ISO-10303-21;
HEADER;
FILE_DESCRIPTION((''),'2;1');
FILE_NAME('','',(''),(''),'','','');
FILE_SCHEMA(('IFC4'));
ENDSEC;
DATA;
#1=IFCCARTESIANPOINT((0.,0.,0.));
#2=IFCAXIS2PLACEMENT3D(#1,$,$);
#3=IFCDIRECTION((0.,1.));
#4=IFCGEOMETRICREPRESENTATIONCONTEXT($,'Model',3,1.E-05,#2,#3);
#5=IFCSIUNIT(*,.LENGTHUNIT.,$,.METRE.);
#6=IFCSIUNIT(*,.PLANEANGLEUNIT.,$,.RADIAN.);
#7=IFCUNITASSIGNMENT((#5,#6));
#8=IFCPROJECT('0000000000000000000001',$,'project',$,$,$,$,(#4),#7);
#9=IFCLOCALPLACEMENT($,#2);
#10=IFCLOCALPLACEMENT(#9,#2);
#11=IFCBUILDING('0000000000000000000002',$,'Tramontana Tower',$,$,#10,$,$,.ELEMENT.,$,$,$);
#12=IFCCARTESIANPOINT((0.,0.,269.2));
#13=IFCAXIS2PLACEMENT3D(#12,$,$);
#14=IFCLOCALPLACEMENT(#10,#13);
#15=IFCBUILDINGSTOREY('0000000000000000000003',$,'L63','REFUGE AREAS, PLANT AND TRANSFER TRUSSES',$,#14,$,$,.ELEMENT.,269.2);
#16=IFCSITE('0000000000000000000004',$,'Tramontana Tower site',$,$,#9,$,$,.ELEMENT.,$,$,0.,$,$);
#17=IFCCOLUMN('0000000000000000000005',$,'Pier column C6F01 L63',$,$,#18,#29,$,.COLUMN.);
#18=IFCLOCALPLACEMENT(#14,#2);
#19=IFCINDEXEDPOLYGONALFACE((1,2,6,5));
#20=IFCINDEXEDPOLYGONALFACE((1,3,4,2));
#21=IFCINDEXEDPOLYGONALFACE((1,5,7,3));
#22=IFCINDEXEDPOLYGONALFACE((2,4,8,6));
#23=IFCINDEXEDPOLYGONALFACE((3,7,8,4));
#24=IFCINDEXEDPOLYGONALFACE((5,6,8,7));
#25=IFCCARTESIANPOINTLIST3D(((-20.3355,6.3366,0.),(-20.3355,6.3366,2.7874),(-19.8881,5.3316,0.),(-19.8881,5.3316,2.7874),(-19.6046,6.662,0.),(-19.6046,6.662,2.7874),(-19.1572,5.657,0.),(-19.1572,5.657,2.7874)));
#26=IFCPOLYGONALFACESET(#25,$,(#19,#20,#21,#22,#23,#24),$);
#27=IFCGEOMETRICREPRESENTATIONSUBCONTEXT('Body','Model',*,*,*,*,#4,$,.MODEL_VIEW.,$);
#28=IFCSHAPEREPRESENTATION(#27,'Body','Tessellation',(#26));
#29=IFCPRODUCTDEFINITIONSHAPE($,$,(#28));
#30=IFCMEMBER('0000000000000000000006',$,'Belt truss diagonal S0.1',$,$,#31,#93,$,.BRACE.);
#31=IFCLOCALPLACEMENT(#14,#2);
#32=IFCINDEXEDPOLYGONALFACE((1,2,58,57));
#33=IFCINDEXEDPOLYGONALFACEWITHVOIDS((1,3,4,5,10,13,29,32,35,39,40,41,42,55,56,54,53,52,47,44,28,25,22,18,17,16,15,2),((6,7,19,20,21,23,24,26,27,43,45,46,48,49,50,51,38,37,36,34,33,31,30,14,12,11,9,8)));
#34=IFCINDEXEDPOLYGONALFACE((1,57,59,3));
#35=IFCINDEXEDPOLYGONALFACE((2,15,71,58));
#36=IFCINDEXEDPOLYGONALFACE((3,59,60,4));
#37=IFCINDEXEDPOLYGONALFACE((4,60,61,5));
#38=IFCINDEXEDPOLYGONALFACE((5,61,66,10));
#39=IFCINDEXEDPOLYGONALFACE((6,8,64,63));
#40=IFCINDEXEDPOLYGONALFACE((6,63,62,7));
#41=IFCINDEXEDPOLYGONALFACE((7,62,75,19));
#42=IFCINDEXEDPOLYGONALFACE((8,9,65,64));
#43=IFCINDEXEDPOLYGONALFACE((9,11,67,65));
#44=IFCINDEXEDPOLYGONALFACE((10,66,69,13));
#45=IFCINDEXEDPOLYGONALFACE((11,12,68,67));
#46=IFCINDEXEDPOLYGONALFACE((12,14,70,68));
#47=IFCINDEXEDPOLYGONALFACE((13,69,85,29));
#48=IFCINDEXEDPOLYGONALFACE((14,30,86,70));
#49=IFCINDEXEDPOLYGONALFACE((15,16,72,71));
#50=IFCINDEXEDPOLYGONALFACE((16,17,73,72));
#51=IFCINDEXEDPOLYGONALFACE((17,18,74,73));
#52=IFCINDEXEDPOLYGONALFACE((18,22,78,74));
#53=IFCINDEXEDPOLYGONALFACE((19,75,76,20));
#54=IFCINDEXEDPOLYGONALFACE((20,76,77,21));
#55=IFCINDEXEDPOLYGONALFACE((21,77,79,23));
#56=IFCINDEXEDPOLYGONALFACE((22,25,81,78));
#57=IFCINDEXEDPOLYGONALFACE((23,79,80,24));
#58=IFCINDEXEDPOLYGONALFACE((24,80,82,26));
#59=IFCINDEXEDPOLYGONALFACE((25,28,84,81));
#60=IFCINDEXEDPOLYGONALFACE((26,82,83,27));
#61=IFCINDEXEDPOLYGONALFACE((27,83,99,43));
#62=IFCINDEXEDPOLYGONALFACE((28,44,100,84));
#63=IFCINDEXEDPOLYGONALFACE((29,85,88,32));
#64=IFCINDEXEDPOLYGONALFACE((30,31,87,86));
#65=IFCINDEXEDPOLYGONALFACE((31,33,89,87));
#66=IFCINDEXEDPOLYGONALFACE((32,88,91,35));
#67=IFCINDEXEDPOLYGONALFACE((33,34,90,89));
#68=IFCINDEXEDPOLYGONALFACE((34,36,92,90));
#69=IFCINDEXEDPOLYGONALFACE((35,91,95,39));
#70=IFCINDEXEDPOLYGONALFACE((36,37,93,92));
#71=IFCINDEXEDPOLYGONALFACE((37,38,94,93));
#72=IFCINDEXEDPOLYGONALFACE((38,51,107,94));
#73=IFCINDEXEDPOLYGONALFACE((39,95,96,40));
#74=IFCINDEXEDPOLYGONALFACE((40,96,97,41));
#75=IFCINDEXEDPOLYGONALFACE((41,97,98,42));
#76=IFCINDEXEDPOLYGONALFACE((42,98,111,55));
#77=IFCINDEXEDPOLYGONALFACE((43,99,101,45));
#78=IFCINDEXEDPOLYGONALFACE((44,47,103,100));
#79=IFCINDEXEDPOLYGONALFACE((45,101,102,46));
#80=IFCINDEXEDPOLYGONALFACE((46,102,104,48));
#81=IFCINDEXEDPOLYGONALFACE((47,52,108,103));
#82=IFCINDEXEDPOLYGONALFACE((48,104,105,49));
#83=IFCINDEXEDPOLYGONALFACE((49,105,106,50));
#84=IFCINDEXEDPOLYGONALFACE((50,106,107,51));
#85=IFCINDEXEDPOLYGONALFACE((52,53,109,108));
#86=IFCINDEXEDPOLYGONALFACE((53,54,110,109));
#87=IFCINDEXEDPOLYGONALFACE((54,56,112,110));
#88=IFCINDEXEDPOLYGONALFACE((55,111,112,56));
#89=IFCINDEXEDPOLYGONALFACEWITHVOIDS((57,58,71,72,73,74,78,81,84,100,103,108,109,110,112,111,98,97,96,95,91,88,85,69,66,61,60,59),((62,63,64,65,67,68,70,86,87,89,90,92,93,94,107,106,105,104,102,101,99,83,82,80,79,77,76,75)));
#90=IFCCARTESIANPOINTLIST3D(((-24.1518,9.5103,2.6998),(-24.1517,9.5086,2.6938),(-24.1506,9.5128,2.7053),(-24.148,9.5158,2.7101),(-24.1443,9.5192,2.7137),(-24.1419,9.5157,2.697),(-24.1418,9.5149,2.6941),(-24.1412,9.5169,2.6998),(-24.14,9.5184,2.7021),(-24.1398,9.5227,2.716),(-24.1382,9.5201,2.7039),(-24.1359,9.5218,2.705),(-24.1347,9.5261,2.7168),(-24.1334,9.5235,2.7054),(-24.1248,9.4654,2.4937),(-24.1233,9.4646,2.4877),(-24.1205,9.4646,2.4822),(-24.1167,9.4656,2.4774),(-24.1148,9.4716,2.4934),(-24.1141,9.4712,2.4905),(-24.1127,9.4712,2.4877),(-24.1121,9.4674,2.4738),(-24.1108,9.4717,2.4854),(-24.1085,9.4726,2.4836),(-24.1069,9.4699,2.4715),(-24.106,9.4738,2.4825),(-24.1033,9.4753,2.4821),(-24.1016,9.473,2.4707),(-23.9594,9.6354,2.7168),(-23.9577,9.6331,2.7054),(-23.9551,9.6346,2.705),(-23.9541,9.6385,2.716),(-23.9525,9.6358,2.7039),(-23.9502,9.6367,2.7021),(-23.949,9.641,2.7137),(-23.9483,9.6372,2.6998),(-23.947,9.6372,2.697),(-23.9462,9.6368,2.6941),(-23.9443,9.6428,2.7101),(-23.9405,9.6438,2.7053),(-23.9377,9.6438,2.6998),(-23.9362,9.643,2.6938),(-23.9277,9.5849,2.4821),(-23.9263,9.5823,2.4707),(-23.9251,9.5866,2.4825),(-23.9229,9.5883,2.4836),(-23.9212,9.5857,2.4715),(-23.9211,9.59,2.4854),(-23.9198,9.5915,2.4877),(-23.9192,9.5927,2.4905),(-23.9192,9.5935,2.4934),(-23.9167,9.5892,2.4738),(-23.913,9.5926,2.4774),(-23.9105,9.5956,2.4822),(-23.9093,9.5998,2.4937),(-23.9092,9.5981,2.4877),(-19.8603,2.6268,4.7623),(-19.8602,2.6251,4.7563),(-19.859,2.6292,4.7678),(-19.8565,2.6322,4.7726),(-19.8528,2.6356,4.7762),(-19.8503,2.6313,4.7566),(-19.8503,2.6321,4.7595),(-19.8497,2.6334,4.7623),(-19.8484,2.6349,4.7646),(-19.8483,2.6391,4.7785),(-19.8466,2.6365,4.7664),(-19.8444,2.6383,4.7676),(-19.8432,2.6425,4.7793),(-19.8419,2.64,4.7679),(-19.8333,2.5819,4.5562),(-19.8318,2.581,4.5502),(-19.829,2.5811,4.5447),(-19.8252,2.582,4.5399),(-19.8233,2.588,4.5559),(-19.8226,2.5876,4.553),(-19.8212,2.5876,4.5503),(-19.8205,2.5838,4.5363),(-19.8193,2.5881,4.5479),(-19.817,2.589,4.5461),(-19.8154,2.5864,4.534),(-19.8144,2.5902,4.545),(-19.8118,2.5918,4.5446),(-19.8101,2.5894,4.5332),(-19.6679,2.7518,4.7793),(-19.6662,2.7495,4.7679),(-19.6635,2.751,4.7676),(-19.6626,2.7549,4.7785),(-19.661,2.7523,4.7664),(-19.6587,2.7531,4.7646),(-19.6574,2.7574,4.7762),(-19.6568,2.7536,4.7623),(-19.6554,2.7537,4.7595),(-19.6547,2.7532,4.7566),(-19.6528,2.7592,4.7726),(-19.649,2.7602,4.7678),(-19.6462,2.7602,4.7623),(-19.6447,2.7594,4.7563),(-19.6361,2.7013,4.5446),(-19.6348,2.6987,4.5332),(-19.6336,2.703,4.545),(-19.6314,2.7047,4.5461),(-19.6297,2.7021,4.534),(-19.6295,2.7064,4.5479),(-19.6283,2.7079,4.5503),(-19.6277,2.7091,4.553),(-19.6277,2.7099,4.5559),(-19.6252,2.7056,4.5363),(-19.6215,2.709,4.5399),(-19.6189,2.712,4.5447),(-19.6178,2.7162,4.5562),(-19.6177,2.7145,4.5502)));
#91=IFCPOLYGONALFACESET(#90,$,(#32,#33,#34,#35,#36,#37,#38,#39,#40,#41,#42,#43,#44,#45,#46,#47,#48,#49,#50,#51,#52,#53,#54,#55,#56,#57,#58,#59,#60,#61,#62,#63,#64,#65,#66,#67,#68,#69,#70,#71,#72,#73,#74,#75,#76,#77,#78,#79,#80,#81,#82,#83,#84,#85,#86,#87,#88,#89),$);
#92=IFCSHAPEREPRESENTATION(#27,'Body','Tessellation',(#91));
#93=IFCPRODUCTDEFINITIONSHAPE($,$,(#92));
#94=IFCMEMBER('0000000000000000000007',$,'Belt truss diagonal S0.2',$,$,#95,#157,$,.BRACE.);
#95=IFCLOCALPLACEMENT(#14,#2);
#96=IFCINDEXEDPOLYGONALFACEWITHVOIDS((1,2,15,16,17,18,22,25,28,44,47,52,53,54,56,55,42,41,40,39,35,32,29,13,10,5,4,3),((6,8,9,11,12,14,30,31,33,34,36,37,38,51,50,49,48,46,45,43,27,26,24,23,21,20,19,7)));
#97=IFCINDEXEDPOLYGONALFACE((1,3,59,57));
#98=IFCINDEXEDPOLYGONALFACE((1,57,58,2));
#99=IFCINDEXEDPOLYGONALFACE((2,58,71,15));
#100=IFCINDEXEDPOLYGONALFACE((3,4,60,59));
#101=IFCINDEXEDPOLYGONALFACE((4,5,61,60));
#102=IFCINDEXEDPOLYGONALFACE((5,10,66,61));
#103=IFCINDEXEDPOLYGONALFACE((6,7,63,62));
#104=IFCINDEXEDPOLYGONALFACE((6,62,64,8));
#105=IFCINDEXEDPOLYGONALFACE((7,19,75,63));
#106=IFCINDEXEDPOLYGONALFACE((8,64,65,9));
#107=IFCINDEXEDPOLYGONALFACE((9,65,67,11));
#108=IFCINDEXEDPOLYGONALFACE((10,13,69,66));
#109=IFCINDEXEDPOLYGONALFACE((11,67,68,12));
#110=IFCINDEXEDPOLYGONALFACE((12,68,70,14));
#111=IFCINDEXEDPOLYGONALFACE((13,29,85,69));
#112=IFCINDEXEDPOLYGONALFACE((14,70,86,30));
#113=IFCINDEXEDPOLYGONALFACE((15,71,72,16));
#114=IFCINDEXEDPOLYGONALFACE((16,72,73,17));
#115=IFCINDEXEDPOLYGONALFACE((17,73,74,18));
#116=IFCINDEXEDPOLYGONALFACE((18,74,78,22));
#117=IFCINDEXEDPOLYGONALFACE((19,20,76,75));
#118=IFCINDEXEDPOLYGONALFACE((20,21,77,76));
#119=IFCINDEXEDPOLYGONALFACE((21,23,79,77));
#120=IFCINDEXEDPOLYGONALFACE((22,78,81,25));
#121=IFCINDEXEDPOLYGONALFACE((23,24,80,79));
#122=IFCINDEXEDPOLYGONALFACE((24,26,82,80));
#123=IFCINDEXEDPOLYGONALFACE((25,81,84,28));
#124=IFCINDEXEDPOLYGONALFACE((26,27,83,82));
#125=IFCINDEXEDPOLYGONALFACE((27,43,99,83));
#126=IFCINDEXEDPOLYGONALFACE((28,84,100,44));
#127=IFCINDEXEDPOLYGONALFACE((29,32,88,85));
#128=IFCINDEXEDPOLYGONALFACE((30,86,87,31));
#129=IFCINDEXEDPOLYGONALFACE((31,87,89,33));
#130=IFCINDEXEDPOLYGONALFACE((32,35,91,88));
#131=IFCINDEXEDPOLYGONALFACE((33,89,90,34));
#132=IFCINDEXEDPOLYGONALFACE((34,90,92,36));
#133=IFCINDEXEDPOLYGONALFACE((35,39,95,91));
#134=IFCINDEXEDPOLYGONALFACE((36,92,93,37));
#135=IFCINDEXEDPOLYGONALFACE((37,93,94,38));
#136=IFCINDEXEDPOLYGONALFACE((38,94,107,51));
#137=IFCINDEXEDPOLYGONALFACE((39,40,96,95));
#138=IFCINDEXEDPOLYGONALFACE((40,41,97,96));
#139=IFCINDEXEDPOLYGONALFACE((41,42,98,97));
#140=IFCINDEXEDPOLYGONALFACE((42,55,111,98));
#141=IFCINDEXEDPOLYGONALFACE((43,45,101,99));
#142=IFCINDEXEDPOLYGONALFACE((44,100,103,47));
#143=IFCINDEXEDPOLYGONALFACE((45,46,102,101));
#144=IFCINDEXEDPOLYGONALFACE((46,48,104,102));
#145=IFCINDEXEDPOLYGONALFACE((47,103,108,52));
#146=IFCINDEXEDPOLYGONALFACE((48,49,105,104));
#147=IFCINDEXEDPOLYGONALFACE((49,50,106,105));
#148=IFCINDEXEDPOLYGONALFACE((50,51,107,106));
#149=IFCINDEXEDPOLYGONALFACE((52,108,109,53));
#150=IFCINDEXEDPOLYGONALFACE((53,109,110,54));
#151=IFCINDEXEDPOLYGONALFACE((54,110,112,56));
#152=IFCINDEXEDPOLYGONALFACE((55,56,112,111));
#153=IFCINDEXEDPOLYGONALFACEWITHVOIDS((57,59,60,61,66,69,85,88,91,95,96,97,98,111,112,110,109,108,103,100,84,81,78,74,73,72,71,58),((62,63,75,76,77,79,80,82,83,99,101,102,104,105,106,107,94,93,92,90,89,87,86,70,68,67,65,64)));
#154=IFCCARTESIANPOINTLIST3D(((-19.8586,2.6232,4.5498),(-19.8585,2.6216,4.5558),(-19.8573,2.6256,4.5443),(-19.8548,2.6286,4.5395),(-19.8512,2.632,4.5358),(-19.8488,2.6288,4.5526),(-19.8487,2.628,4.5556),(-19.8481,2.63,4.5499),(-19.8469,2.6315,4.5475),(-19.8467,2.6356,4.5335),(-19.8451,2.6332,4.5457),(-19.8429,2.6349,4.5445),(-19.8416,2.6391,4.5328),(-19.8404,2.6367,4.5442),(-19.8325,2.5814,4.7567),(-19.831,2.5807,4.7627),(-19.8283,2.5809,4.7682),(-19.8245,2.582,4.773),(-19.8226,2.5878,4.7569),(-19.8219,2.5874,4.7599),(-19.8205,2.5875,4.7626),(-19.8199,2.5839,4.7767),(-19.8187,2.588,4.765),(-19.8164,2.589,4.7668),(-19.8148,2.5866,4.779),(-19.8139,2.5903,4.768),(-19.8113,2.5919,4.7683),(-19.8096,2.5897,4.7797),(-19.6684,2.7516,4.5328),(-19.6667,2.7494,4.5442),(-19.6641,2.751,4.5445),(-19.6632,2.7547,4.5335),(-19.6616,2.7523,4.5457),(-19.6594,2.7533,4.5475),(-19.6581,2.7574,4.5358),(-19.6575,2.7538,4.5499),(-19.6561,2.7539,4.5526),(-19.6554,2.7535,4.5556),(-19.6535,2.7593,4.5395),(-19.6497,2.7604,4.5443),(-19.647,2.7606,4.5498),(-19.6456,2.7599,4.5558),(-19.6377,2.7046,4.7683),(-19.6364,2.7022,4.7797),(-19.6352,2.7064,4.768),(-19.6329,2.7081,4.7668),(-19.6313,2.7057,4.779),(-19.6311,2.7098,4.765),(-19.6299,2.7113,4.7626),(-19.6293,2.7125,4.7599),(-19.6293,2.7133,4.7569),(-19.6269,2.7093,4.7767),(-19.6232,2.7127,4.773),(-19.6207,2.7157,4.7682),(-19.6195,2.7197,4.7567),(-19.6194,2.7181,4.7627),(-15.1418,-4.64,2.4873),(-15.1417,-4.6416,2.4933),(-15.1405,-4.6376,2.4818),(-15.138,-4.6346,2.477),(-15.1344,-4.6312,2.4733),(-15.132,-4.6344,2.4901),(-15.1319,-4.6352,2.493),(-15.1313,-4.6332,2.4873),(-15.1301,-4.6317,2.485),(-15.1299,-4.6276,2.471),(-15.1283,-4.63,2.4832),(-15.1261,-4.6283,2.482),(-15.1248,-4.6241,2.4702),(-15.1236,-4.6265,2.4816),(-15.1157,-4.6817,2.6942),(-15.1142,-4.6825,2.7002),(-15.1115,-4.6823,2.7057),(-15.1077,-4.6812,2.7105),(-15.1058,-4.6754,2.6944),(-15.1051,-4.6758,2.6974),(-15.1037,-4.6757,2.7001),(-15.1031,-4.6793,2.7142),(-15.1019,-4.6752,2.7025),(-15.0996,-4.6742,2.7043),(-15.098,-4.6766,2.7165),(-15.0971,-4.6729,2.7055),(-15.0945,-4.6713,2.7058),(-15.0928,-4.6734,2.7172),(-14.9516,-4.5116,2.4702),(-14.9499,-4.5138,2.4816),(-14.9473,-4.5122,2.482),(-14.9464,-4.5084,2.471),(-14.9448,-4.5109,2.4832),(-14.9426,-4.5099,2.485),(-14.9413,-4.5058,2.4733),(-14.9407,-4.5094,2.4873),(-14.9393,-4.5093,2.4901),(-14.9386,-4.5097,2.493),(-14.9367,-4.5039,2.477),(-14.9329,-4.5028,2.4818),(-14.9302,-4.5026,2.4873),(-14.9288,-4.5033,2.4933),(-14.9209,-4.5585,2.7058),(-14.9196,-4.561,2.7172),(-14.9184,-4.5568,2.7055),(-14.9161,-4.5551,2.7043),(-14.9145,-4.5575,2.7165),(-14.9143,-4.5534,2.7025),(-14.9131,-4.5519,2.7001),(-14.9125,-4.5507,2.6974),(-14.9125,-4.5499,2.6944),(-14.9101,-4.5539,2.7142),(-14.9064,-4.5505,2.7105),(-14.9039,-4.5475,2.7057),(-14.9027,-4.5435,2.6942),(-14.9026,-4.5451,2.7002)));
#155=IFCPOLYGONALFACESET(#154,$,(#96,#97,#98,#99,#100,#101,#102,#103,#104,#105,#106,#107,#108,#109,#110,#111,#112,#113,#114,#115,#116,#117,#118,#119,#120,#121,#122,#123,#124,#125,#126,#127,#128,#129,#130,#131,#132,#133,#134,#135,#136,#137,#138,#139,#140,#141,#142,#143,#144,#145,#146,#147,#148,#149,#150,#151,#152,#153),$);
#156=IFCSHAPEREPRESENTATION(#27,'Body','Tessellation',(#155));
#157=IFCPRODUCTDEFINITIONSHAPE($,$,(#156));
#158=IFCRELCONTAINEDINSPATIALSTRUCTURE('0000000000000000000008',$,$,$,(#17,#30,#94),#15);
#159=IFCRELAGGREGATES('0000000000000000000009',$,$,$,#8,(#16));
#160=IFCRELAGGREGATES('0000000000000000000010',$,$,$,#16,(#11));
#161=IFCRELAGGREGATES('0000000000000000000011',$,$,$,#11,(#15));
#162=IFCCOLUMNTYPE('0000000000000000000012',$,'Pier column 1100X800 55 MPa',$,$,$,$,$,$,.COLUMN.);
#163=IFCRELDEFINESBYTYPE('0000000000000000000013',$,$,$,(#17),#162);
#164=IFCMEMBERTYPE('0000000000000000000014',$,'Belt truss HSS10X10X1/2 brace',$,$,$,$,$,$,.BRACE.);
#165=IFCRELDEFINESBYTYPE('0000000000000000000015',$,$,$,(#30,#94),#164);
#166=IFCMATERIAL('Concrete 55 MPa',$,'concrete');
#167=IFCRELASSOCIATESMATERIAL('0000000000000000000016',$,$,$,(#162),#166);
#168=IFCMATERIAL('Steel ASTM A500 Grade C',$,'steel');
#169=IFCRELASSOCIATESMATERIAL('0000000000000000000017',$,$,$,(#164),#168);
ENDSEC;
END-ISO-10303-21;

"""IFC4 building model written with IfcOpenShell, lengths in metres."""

from ifc_helpers import new_model, si_unit, direction, frame, origin, origin_2d, place, context, subcontext, project, spatial, rectangle, hollow_rectangle, extrude, material, material_profile, profile_set, type_object, element, save


model = new_model("IFC4")

# Units and contexts
model_context = context("Model", 3, precision=1e-05, world=origin(), true_north=direction((0.0, 1.0)))
body_context = subcontext(model_context, "Body", "Model", "MODEL_VIEW")
ifc_project = project(units=[si_unit("LENGTHUNIT", "METRE"), si_unit("PLANEANGLEUNIT", "RADIAN")], contexts=[model_context])

# Site, building, storey
site_placement = place(None, origin())
site = spatial("IfcSite", under=ifc_project, at=site_placement, Name="Tramontana Tower site", CompositionType="ELEMENT", RefElevation=0.0)
building_placement = place(site_placement, origin())
building = spatial("IfcBuilding", under=site, at=building_placement, Name="Tramontana Tower", CompositionType="ELEMENT")
storey_placement = place(building_placement, frame((0.0, 0.0, 269.2)))
storey = spatial("IfcBuildingStorey", under=building, at=storey_placement, Name="L63", Description="REFUGE AREAS, PLANT AND TRANSFER TRUSSES", CompositionType="ELEMENT", Elevation=269.2)

# Column
ifc_material_1 = material(Name="Concrete 55 MPa", Category="concrete")
ifc_material_profile_1 = material_profile(ifc_material_1, rectangle(XDim=1.1001, YDim=0.8, at=origin_2d()), Name="Pier column 1100X800 55 MPa")
ifc_profile_set_1 = profile_set([ifc_material_profile_1], Name="Concrete 55 MPa")
column_type = type_object("IfcColumnType", Name="Pier column 1100X800 55 MPa", PredefinedType="COLUMN", material=ifc_profile_set_1)
column_placement = place(storey_placement, frame((-19.7463, 5.9968, 0.0), z_axis=(0.0, 0.0, 1.0), x_axis=(0.406737, -0.913545, 0.0)))
element("IfcColumn", 1, at=column_placement, inside=storey, type_object=column_type, Name="Pier column C6F01 L63", PredefinedType="COLUMN", context=body_context, shape_type="SweptSolid", body=[
    extrude(rectangle(XDim=1.1001, YDim=0.8, at=origin_2d()), origin(), (0.0, 0.0, 1.0), 2.7874),
])

# Members
ifc_material_2 = material(Name="Steel ASTM A500 Grade C", Category="steel")
ifc_material_profile_2 = material_profile(ifc_material_2, hollow_rectangle(XDim=0.2539, YDim=0.2539, WallThickness=0.0117, InnerFilletRadius=0.0117, OuterFilletRadius=0.0237, at=origin_2d()), Name="HSS10X10X1/2")
ifc_profile_set_2 = profile_set([ifc_material_profile_2], Name="Steel ASTM A500 Grade C")
member_type_1 = type_object("IfcMemberType", Name="Belt truss HSS10X10X1/2 brace", PredefinedType="BRACE", material=ifc_profile_set_2)
member_1_placement = place(storey_placement, frame((-24.0305, 9.5542, 2.5938), z_axis=(0.512735, -0.822423, 0.246421), x_axis=(0.848591, 0.529049, 0.0)))
element("IfcMember", 2, at=member_1_placement, inside=storey, type_object=member_type_1, Name="Belt truss diagonal S0.1", PredefinedType="BRACE", context=body_context, shape_type="SweptSolid", body=[
    extrude(hollow_rectangle(XDim=0.2539, YDim=0.2539, WallThickness=0.0117, InnerFilletRadius=0.0117, OuterFilletRadius=0.0237, at=origin_2d()), origin(), (0.0, 0.0, 1.0), 8.3699),
])
member_2_placement = place(storey_placement, frame((-19.739, 2.6707, 4.6562), z_axis=(0.529824, -0.815852, -0.231674), x_axis=(0.838669, 0.544641, 0.0)))
element("IfcMember", 3, at=member_2_placement, inside=storey, type_object=member_type_1, Name="Belt truss diagonal S0.2", PredefinedType="BRACE", context=body_context, shape_type="SweptSolid", body=[
    extrude(hollow_rectangle(XDim=0.2539, YDim=0.2539, WallThickness=0.0117, InnerFilletRadius=0.0117, OuterFilletRadius=0.0237, at=origin_2d()), origin(), (0.0, 0.0, 1.0), 8.9026),
])

save(model, "model.ifc")
